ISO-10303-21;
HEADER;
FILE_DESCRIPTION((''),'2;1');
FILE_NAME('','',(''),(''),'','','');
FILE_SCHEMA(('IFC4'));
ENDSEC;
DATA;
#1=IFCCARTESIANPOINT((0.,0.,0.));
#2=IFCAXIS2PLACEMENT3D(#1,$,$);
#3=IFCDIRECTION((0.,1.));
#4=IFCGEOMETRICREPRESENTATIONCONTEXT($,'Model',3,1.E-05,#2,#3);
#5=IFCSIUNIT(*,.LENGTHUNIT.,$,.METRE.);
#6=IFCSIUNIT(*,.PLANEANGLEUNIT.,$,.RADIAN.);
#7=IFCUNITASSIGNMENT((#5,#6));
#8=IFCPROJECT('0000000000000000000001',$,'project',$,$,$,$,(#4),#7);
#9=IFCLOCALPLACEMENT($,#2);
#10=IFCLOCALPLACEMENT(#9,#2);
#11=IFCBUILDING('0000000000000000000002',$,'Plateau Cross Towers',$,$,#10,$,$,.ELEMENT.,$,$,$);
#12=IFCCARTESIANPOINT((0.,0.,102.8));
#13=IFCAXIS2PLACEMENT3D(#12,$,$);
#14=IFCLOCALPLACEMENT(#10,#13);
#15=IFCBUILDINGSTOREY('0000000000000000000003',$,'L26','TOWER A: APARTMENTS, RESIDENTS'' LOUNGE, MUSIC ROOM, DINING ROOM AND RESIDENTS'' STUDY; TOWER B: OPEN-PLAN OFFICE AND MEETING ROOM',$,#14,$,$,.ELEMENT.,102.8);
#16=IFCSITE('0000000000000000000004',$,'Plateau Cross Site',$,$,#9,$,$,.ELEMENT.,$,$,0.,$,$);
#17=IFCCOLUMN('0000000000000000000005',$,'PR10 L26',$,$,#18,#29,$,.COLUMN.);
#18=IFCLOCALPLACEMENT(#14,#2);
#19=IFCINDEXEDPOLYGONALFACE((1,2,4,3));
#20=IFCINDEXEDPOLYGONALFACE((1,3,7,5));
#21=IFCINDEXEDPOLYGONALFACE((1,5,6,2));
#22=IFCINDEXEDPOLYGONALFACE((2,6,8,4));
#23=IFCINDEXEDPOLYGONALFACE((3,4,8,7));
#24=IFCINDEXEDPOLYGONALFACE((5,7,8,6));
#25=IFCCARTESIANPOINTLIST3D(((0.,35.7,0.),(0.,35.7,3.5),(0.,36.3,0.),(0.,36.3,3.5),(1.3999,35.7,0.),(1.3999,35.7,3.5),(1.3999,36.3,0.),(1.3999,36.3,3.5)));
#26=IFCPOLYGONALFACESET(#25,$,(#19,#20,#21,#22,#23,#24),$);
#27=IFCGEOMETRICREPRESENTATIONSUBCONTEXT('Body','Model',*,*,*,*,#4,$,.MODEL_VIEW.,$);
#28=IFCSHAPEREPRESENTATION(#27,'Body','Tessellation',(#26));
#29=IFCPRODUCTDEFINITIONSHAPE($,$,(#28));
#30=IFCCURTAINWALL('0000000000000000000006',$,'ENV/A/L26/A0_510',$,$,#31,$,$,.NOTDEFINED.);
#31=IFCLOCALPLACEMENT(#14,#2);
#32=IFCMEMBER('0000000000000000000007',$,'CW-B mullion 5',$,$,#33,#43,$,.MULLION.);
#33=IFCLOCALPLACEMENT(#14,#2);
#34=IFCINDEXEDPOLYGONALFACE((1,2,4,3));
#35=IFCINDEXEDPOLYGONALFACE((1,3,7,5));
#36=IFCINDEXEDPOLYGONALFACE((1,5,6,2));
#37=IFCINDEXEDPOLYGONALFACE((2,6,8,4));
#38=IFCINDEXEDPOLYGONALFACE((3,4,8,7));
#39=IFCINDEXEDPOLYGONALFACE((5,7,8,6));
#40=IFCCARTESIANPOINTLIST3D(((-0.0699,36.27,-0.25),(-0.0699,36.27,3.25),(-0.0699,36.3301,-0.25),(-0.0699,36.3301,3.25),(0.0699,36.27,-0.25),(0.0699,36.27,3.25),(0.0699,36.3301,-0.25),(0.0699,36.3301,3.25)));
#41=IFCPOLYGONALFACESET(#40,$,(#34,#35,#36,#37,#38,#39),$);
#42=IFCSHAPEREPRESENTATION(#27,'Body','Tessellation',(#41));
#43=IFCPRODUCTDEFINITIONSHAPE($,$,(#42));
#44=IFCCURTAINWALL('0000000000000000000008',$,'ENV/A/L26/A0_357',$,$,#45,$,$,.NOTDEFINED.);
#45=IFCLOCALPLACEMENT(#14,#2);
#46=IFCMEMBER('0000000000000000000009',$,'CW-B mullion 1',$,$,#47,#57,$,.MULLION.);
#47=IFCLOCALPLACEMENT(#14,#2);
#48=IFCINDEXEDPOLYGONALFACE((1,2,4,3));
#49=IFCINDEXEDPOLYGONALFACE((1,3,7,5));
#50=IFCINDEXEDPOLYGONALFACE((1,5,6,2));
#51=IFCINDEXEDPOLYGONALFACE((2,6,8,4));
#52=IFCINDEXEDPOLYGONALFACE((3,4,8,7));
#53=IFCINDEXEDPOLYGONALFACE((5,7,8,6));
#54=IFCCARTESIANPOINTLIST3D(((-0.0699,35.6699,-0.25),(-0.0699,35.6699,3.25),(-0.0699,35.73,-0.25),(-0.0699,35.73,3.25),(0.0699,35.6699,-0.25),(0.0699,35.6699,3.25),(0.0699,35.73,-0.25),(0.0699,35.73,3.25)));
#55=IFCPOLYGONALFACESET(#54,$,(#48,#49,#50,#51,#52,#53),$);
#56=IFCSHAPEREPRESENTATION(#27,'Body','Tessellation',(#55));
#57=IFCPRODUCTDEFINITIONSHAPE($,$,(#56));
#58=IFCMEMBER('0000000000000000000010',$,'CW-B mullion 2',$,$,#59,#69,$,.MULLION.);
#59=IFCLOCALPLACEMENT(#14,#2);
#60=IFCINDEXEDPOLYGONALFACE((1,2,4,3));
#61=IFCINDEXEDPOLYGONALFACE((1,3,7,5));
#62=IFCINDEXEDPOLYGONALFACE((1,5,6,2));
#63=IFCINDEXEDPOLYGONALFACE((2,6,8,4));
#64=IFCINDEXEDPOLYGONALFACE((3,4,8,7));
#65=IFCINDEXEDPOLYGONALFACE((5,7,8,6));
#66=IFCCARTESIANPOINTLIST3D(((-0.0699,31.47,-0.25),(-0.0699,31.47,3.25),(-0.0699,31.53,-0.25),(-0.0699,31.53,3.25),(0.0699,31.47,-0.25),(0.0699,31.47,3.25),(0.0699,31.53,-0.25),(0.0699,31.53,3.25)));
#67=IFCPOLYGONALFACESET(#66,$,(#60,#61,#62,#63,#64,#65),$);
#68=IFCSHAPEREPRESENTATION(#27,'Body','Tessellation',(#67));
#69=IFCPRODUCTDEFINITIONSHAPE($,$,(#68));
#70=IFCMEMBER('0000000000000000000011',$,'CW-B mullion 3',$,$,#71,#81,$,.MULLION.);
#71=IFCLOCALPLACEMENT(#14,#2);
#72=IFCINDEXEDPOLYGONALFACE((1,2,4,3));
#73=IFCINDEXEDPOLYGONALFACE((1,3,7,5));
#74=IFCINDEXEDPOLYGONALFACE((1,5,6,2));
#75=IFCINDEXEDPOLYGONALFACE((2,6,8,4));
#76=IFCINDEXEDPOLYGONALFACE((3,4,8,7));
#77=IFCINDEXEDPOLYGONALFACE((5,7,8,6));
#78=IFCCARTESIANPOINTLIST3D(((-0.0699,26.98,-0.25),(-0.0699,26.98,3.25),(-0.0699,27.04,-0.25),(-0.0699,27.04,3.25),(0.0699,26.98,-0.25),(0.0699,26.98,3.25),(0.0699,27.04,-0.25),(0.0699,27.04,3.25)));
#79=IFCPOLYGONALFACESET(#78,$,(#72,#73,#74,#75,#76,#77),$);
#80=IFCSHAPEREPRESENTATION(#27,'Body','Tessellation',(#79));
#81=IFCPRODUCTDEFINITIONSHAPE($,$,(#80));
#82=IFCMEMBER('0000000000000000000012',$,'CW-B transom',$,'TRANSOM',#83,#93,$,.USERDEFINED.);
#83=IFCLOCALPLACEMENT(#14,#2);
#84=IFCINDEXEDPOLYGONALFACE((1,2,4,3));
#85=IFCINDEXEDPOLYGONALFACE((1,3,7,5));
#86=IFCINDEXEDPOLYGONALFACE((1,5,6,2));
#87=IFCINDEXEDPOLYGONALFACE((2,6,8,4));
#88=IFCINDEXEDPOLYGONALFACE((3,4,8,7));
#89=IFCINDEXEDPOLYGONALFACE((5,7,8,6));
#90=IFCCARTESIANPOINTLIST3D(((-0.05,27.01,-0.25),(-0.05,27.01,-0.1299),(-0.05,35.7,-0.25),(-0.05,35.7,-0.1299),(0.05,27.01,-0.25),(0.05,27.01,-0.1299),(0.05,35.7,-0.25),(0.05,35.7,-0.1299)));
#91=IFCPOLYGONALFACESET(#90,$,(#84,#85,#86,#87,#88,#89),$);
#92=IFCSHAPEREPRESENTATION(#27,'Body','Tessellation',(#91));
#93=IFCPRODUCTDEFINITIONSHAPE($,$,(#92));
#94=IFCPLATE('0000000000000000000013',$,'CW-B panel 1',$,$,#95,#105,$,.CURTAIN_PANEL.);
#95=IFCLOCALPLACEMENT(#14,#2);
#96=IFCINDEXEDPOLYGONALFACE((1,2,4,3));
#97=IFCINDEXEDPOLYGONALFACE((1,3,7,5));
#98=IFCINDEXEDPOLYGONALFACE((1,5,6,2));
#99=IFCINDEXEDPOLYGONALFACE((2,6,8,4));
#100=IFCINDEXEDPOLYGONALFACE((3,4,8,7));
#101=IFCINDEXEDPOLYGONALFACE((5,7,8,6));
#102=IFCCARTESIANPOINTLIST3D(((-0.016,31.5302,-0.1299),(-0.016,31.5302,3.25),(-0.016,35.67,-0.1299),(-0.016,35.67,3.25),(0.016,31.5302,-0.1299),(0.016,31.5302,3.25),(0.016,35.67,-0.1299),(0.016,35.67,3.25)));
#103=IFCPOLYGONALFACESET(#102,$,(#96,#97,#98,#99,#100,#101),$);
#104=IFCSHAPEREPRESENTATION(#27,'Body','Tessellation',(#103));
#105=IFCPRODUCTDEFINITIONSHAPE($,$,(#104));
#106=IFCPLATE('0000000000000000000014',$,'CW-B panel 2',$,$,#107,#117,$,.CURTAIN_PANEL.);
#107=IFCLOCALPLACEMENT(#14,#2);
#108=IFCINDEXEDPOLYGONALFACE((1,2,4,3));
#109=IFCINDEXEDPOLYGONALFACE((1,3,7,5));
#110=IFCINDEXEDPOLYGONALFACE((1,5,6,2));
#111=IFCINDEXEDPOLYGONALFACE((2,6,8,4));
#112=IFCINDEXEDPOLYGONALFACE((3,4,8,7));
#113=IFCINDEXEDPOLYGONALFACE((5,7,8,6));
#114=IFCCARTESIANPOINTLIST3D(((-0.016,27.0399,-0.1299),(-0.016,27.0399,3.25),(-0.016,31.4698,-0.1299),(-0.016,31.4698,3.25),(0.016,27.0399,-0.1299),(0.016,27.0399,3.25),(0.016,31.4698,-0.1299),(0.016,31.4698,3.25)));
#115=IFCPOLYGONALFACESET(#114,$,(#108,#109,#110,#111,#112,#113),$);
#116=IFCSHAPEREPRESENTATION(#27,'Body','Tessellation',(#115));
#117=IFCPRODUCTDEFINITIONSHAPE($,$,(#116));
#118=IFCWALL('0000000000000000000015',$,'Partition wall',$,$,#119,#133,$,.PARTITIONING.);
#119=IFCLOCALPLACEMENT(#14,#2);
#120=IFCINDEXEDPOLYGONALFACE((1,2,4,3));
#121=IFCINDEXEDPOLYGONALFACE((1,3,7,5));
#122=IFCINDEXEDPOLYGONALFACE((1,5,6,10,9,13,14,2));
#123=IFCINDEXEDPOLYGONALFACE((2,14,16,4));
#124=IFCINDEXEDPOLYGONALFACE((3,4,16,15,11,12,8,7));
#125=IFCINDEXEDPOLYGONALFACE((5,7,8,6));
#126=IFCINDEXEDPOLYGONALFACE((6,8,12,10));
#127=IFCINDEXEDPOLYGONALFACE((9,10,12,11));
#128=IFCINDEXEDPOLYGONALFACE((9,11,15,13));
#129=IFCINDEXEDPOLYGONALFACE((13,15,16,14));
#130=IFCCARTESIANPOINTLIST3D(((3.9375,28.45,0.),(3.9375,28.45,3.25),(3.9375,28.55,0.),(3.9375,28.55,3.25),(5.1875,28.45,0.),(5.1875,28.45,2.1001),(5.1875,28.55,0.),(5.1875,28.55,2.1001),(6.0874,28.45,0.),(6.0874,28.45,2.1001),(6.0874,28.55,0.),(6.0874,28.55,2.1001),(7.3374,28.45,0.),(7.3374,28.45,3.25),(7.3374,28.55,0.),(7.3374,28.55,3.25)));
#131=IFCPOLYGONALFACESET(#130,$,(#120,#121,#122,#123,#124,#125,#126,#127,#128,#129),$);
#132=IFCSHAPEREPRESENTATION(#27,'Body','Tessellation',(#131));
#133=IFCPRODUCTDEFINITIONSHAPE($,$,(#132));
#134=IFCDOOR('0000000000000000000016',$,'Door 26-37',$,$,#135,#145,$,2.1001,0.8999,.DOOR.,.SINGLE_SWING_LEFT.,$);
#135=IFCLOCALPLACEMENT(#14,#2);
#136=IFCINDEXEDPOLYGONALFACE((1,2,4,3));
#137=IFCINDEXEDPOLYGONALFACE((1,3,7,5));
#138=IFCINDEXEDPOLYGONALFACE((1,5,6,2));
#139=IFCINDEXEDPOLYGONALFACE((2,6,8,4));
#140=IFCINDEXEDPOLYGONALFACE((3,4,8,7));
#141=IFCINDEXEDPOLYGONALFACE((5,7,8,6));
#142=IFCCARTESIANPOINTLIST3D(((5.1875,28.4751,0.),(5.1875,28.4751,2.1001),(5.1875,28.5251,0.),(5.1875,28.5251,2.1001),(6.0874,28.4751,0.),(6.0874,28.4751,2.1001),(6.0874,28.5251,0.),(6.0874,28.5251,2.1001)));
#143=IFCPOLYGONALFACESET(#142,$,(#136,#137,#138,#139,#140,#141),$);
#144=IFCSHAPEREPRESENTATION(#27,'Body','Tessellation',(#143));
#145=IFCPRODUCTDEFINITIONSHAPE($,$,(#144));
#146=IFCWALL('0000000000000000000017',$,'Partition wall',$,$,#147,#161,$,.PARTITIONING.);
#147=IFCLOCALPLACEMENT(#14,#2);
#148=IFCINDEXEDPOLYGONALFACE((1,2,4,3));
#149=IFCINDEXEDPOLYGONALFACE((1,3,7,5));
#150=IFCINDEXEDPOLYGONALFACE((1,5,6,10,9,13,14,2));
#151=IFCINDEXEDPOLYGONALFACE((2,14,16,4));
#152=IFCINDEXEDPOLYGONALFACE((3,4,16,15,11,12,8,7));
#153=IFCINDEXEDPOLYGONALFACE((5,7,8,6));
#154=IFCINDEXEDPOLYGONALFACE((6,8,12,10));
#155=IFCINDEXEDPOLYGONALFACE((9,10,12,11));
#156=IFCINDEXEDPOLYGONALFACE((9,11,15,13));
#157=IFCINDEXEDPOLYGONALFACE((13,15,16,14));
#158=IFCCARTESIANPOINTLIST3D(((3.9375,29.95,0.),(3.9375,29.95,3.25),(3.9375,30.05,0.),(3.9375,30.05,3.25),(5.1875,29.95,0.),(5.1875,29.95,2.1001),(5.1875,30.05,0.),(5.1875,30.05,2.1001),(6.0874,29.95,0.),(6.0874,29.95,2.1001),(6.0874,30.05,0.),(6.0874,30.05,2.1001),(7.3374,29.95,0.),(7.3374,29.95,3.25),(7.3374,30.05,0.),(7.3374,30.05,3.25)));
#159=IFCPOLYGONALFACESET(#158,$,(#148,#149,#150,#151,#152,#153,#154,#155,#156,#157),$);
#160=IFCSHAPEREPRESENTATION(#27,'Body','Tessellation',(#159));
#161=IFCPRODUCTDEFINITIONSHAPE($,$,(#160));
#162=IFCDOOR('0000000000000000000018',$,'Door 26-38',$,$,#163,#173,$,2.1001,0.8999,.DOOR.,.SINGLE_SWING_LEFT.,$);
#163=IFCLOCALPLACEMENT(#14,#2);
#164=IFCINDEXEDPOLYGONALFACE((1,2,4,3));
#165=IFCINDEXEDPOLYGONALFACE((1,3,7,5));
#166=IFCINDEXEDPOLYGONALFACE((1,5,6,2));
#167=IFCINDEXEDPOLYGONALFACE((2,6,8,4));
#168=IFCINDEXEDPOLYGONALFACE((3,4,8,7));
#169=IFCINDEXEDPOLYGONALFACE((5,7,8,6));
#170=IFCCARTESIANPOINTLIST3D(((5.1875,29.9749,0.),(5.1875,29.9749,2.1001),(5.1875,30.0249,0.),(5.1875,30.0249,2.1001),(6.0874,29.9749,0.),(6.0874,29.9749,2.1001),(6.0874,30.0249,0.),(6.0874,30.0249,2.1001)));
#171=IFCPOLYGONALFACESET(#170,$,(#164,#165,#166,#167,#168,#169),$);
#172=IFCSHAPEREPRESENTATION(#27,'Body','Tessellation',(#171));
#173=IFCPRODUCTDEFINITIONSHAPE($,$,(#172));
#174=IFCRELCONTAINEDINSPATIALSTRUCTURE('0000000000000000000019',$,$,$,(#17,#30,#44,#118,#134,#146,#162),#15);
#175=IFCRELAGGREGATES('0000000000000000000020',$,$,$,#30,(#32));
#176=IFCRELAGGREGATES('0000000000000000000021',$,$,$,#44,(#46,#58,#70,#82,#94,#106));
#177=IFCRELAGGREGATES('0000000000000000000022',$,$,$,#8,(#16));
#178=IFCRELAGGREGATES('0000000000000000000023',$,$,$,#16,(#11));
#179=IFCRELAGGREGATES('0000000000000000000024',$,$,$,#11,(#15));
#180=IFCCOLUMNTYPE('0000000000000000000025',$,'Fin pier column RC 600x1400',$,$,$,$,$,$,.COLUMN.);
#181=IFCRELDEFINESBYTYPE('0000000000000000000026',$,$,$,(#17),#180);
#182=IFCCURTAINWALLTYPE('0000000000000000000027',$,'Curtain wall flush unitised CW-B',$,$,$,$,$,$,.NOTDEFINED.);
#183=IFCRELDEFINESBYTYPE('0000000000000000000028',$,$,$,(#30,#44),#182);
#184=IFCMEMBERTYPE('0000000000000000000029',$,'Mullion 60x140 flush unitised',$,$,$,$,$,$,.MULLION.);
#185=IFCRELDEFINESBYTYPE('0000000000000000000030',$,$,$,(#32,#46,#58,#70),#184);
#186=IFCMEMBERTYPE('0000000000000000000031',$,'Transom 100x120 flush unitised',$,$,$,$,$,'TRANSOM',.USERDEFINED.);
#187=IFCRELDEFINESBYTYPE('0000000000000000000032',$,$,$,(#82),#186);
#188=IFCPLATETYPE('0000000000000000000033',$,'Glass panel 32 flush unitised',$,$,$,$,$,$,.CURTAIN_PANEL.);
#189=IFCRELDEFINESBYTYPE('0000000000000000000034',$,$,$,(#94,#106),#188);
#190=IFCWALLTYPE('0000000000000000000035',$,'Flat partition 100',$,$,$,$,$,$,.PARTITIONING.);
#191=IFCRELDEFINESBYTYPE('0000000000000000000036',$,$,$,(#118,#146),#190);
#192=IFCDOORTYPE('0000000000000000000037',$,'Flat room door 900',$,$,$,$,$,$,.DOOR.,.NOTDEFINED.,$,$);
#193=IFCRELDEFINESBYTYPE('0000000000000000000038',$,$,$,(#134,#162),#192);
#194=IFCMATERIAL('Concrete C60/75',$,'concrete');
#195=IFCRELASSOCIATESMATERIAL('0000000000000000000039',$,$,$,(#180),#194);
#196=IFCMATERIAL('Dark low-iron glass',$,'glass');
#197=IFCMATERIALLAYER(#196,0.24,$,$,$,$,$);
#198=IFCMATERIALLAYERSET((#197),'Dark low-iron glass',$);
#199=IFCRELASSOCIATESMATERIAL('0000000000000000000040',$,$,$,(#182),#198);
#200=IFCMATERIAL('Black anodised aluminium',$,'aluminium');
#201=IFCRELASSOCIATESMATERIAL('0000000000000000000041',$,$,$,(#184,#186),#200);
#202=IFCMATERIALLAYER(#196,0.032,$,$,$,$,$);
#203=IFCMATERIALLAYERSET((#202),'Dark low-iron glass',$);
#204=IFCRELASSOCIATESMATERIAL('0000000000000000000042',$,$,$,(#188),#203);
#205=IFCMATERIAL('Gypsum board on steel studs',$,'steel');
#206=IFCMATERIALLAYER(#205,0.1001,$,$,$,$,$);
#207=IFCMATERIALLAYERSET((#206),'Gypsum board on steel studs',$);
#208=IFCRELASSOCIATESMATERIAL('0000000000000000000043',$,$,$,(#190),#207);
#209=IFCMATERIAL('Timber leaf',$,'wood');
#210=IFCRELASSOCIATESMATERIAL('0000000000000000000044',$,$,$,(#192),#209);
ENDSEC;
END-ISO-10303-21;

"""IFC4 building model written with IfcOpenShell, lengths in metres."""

from ifc_helpers import new_model, si_unit, direction, frame, frame_2d, origin, origin_2d, place, context, subcontext, project, spatial, rectangle, extrude, material, layer, layer_set, material_profile, profile_set, type_object, element, fill, aggregate, save


model = new_model("IFC4")

# Units and contexts
model_context = context("Model", 3, precision=1e-05, world=origin(), true_north=direction((0.0, 1.0)))
body_context = subcontext(model_context, "Body", "Model", "MODEL_VIEW")
ifc_project = project(units=[si_unit("LENGTHUNIT", "METRE"), si_unit("PLANEANGLEUNIT", "RADIAN")], contexts=[model_context])

# Site, building, storey
site_placement = place(None, origin())
site = spatial("IfcSite", under=ifc_project, at=site_placement, Name="Plateau Cross Site", CompositionType="ELEMENT", RefElevation=0.0)
building_placement = place(site_placement, origin())
building = spatial("IfcBuilding", under=site, at=building_placement, Name="Plateau Cross Towers", CompositionType="ELEMENT")
storey_placement = place(building_placement, frame((0.0, 0.0, 102.8)))
storey = spatial("IfcBuildingStorey", under=building, at=storey_placement, Name="L26", Description="TOWER A: APARTMENTS, RESIDENTS' LOUNGE, MUSIC ROOM, DINING ROOM AND RESIDENTS' STUDY; TOWER B: OPEN-PLAN OFFICE AND MEETING ROOM", CompositionType="ELEMENT", Elevation=102.8)

# Column
ifc_material_1 = material(Name="Concrete C60/75", Category="concrete")
ifc_material_profile_1 = material_profile(ifc_material_1, rectangle(XDim=0.6001, YDim=1.3999, at=origin_2d()), Name="RC 600x1400")
ifc_profile_set_1 = profile_set([ifc_material_profile_1], Name="Concrete C60/75")
column_type = type_object("IfcColumnType", Name="Fin pier column RC 600x1400", PredefinedType="COLUMN", material=ifc_profile_set_1)
column_placement = place(storey_placement, frame((0.7, 36.0, 0.0), z_axis=(0.0, 0.0, 1.0), x_axis=(0.0, 1.0, 0.0)))
element("IfcColumn", 1, at=column_placement, inside=storey, type_object=column_type, Name="PR10 L26", PredefinedType="COLUMN", context=body_context, shape_type="SweptSolid", body=[
    extrude(rectangle(XDim=0.6001, YDim=1.3999, at=origin_2d()), origin(), (0.0, 0.0, 1.0), 3.5),
])

# Curtain wall, member
ifc_material_2 = material(Name="Dark low-iron glass", Category="glass")
ifc_layer_1 = layer(ifc_material_2, 0.24)
ifc_layer_set_1 = layer_set([ifc_layer_1], Name="Dark low-iron glass")
curtain_wall_type = type_object("IfcCurtainWallType", Name="Curtain wall flush unitised CW-B", PredefinedType="NOTDEFINED", material=ifc_layer_set_1)
curtain_wall_1_placement = place(storey_placement, origin())
curtain_wall_1 = element("IfcCurtainWall", 2, at=curtain_wall_1_placement, inside=storey, type_object=curtain_wall_type, Name="ENV/A/L26/A0_510", PredefinedType="NOTDEFINED")
ifc_material_3 = material(Name="Black anodised aluminium", Category="aluminium")
ifc_material_profile_2 = material_profile(ifc_material_3, rectangle(XDim=0.0601, YDim=0.1399, at=origin_2d()), Name="MULLION 60x140")
ifc_profile_set_2 = profile_set([ifc_material_profile_2], Name="Black anodised aluminium")
member_type_1 = type_object("IfcMemberType", Name="Mullion 60x140 flush unitised", PredefinedType="MULLION", material=ifc_profile_set_2)
member_1_placement = place(storey_placement, frame((0.0, 36.3, -0.25), z_axis=(0.0, 0.0, 1.0), x_axis=(0.0, -1.0, 0.0)))
member_1 = element("IfcMember", 3, at=member_1_placement, type_object=member_type_1, Name="CW-B mullion 5", PredefinedType="MULLION", context=body_context, shape_type="SweptSolid", body=[
    extrude(rectangle(XDim=0.0601, YDim=0.1399, at=origin_2d()), origin(), (0.0, 0.0, 1.0), 3.5),
])
aggregate(curtain_wall_1, [member_1])

# Curtain wall, members, plates
curtain_wall_2_placement = place(storey_placement, origin())
curtain_wall_2 = element("IfcCurtainWall", 4, at=curtain_wall_2_placement, inside=storey, type_object=curtain_wall_type, Name="ENV/A/L26/A0_357", PredefinedType="NOTDEFINED")
member_2_placement = place(storey_placement, frame((0.0, 35.7, -0.25), z_axis=(0.0, 0.0, 1.0), x_axis=(0.0, -1.0, 0.0)))
member_2 = element("IfcMember", 5, at=member_2_placement, type_object=member_type_1, Name="CW-B mullion 1", PredefinedType="MULLION", context=body_context, shape_type="SweptSolid", body=[
    extrude(rectangle(XDim=0.0601, YDim=0.1399, at=origin_2d()), origin(), (0.0, 0.0, 1.0), 3.5),
])
member_3_placement = place(storey_placement, frame((0.0, 31.5, -0.25), z_axis=(0.0, 0.0, 1.0), x_axis=(0.0, -1.0, 0.0)))
member_3 = element("IfcMember", 6, at=member_3_placement, type_object=member_type_1, Name="CW-B mullion 2", PredefinedType="MULLION", context=body_context, shape_type="SweptSolid", body=[
    extrude(rectangle(XDim=0.0601, YDim=0.1399, at=origin_2d()), origin(), (0.0, 0.0, 1.0), 3.5),
])
member_4_placement = place(storey_placement, frame((0.0, 27.01, -0.25), z_axis=(0.0, 0.0, 1.0), x_axis=(0.0, -1.0, 0.0)))
member_4 = element("IfcMember", 7, at=member_4_placement, type_object=member_type_1, Name="CW-B mullion 3", PredefinedType="MULLION", context=body_context, shape_type="SweptSolid", body=[
    extrude(rectangle(XDim=0.0601, YDim=0.1399, at=origin_2d()), origin(), (0.0, 0.0, 1.0), 3.5),
])
ifc_material_profile_3 = material_profile(ifc_material_3, rectangle(XDim=0.1001, YDim=0.1201, at=origin_2d()), Name="TRANSOM 100x120")
ifc_profile_set_3 = profile_set([ifc_material_profile_3], Name="Black anodised aluminium")
member_type_2 = type_object("IfcMemberType", Name="Transom 100x120 flush unitised", ElementType="TRANSOM", PredefinedType="USERDEFINED", material=ifc_profile_set_3)
member_5_placement = place(storey_placement, frame((0.0, 35.7, -0.1899), z_axis=(0.0, -1.0, 0.0), x_axis=(1.0, 0.0, 0.0)))
member_5 = element("IfcMember", 8, at=member_5_placement, type_object=member_type_2, Name="CW-B transom", ObjectType="TRANSOM", PredefinedType="USERDEFINED", context=body_context, shape_type="SweptSolid", body=[
    extrude(rectangle(XDim=0.1001, YDim=0.1201, at=origin_2d()), origin(), (0.0, 0.0, 1.0), 8.6899),
])
ifc_layer_2 = layer(ifc_material_2, 0.032)
ifc_layer_set_2 = layer_set([ifc_layer_2], Name="Dark low-iron glass")
plate_type = type_object("IfcPlateType", Name="Glass panel 32 flush unitised", PredefinedType="CURTAIN_PANEL", material=ifc_layer_set_2)
plate_1_placement = place(storey_placement, frame((0.0, 33.6001, -0.1299), z_axis=(0.0, 0.0, 1.0), x_axis=(0.0, -1.0, 0.0)))
plate_1 = element("IfcPlate", 9, at=plate_1_placement, type_object=plate_type, Name="CW-B panel 1", PredefinedType="CURTAIN_PANEL", context=body_context, shape_type="SweptSolid", body=[
    extrude(rectangle(XDim=4.1399, YDim=0.032, at=origin_2d()), origin(), (0.0, 0.0, 1.0), 3.3799),
])
plate_2_placement = place(storey_placement, frame((0.0, 29.2549, -0.1299), z_axis=(0.0, 0.0, 1.0), x_axis=(0.0, -1.0, 0.0)))
plate_2 = element("IfcPlate", 10, at=plate_2_placement, type_object=plate_type, Name="CW-B panel 2", PredefinedType="CURTAIN_PANEL", context=body_context, shape_type="SweptSolid", body=[
    extrude(rectangle(XDim=4.4299, YDim=0.032, at=origin_2d()), origin(), (0.0, 0.0, 1.0), 3.3799),
])
aggregate(curtain_wall_2, [member_2, member_3, member_4, member_5, plate_1, plate_2])

# Walls, openings, doors
ifc_material_4 = material(Name="Gypsum board on steel studs", Category="steel")
ifc_layer_3 = layer(ifc_material_4, 0.1001)
ifc_layer_set_3 = layer_set([ifc_layer_3], Name="Gypsum board on steel studs")
wall_type_1 = type_object("IfcWallType", Name="Flat partition 100", PredefinedType="PARTITIONING", material=ifc_layer_set_3)
wall_1_placement = place(storey_placement, frame((7.3374, 28.5, 0.0), z_axis=(0.0, 0.0, 1.0), x_axis=(-1.0, 0.0, 0.0)))
wall_1 = element("IfcWall", 11, at=wall_1_placement, inside=storey, type_object=wall_type_1, Name="Partition wall", PredefinedType="PARTITIONING", context=body_context, shape_type="SweptSolid", body=[
    extrude(rectangle(XDim=3.3999, YDim=0.1001, at=frame_2d((1.7, 0.0))), origin(), (0.0, 0.0, 1.0), 3.25),
])
opening_1_placement = place(wall_1_placement, frame((1.25, 0.0, 0.0)))
opening_1 = element("IfcOpeningElement", 12, at=opening_1_placement, cuts=wall_1, PredefinedType="OPENING", context=body_context, shape_type="SweptSolid", body=[
    extrude(rectangle(XDim=0.8999, YDim=2.1001, at=frame_2d((0.45, 1.05))), frame((0.0, 0.0601, 0.0), z_axis=(0.0, -1.0, 0.0), x_axis=(1.0, 0.0, 0.0)), (0.0, 0.0, 1.0), 0.1201),
])
ifc_material_5 = material(Name="Timber leaf", Category="wood")
door_type = type_object("IfcDoorType", Name="Flat room door 900", OperationType="NOTDEFINED", PredefinedType="DOOR", material=ifc_material_5)
door_1_placement = place(opening_1_placement, origin())
door_1 = element("IfcDoor", 13, at=door_1_placement, inside=storey, type_object=door_type, Name="Door 26-37", OperationType="SINGLE_SWING_LEFT", OverallHeight=2.1001, OverallWidth=0.8999, PredefinedType="DOOR", context=body_context, shape_type="SweptSolid", body=[
    extrude(rectangle(XDim=0.8999, YDim=2.1001, at=frame_2d((0.45, 1.05))), frame((0.0, 0.0249, 0.0), z_axis=(0.0, -1.0, 0.0), x_axis=(1.0, 0.0, 0.0)), (0.0, 0.0, 1.0), 0.05),
])
fill(opening_1, door_1)
wall_2_placement = place(storey_placement, frame((3.9375, 30.0, 0.0), z_axis=(0.0, 0.0, 1.0), x_axis=(1.0, 0.0, 0.0)))
wall_2 = element("IfcWall", 14, at=wall_2_placement, inside=storey, type_object=wall_type_1, Name="Partition wall", PredefinedType="PARTITIONING", context=body_context, shape_type="SweptSolid", body=[
    extrude(rectangle(XDim=3.3999, YDim=0.1001, at=frame_2d((1.7, 0.0))), origin(), (0.0, 0.0, 1.0), 3.25),
])
opening_2_placement = place(wall_2_placement, frame((1.25, 0.0, 0.0)))
opening_2 = element("IfcOpeningElement", 15, at=opening_2_placement, cuts=wall_2, PredefinedType="OPENING", context=body_context, shape_type="SweptSolid", body=[
    extrude(rectangle(XDim=0.8999, YDim=2.1001, at=frame_2d((0.45, 1.05))), frame((0.0, 0.0601, 0.0), z_axis=(0.0, -1.0, 0.0), x_axis=(1.0, 0.0, 0.0)), (0.0, 0.0, 1.0), 0.1201),
])
door_2_placement = place(opening_2_placement, origin())
door_2 = element("IfcDoor", 16, at=door_2_placement, inside=storey, type_object=door_type, Name="Door 26-38", OperationType="SINGLE_SWING_LEFT", OverallHeight=2.1001, OverallWidth=0.8999, PredefinedType="DOOR", context=body_context, shape_type="SweptSolid", body=[
    extrude(rectangle(XDim=0.8999, YDim=2.1001, at=frame_2d((0.45, 1.05))), frame((0.0, 0.0249, 0.0), z_axis=(0.0, -1.0, 0.0), x_axis=(1.0, 0.0, 0.0)), (0.0, 0.0, 1.0), 0.05),
])
fill(opening_2, door_2)

save(model, "model.ifc")
